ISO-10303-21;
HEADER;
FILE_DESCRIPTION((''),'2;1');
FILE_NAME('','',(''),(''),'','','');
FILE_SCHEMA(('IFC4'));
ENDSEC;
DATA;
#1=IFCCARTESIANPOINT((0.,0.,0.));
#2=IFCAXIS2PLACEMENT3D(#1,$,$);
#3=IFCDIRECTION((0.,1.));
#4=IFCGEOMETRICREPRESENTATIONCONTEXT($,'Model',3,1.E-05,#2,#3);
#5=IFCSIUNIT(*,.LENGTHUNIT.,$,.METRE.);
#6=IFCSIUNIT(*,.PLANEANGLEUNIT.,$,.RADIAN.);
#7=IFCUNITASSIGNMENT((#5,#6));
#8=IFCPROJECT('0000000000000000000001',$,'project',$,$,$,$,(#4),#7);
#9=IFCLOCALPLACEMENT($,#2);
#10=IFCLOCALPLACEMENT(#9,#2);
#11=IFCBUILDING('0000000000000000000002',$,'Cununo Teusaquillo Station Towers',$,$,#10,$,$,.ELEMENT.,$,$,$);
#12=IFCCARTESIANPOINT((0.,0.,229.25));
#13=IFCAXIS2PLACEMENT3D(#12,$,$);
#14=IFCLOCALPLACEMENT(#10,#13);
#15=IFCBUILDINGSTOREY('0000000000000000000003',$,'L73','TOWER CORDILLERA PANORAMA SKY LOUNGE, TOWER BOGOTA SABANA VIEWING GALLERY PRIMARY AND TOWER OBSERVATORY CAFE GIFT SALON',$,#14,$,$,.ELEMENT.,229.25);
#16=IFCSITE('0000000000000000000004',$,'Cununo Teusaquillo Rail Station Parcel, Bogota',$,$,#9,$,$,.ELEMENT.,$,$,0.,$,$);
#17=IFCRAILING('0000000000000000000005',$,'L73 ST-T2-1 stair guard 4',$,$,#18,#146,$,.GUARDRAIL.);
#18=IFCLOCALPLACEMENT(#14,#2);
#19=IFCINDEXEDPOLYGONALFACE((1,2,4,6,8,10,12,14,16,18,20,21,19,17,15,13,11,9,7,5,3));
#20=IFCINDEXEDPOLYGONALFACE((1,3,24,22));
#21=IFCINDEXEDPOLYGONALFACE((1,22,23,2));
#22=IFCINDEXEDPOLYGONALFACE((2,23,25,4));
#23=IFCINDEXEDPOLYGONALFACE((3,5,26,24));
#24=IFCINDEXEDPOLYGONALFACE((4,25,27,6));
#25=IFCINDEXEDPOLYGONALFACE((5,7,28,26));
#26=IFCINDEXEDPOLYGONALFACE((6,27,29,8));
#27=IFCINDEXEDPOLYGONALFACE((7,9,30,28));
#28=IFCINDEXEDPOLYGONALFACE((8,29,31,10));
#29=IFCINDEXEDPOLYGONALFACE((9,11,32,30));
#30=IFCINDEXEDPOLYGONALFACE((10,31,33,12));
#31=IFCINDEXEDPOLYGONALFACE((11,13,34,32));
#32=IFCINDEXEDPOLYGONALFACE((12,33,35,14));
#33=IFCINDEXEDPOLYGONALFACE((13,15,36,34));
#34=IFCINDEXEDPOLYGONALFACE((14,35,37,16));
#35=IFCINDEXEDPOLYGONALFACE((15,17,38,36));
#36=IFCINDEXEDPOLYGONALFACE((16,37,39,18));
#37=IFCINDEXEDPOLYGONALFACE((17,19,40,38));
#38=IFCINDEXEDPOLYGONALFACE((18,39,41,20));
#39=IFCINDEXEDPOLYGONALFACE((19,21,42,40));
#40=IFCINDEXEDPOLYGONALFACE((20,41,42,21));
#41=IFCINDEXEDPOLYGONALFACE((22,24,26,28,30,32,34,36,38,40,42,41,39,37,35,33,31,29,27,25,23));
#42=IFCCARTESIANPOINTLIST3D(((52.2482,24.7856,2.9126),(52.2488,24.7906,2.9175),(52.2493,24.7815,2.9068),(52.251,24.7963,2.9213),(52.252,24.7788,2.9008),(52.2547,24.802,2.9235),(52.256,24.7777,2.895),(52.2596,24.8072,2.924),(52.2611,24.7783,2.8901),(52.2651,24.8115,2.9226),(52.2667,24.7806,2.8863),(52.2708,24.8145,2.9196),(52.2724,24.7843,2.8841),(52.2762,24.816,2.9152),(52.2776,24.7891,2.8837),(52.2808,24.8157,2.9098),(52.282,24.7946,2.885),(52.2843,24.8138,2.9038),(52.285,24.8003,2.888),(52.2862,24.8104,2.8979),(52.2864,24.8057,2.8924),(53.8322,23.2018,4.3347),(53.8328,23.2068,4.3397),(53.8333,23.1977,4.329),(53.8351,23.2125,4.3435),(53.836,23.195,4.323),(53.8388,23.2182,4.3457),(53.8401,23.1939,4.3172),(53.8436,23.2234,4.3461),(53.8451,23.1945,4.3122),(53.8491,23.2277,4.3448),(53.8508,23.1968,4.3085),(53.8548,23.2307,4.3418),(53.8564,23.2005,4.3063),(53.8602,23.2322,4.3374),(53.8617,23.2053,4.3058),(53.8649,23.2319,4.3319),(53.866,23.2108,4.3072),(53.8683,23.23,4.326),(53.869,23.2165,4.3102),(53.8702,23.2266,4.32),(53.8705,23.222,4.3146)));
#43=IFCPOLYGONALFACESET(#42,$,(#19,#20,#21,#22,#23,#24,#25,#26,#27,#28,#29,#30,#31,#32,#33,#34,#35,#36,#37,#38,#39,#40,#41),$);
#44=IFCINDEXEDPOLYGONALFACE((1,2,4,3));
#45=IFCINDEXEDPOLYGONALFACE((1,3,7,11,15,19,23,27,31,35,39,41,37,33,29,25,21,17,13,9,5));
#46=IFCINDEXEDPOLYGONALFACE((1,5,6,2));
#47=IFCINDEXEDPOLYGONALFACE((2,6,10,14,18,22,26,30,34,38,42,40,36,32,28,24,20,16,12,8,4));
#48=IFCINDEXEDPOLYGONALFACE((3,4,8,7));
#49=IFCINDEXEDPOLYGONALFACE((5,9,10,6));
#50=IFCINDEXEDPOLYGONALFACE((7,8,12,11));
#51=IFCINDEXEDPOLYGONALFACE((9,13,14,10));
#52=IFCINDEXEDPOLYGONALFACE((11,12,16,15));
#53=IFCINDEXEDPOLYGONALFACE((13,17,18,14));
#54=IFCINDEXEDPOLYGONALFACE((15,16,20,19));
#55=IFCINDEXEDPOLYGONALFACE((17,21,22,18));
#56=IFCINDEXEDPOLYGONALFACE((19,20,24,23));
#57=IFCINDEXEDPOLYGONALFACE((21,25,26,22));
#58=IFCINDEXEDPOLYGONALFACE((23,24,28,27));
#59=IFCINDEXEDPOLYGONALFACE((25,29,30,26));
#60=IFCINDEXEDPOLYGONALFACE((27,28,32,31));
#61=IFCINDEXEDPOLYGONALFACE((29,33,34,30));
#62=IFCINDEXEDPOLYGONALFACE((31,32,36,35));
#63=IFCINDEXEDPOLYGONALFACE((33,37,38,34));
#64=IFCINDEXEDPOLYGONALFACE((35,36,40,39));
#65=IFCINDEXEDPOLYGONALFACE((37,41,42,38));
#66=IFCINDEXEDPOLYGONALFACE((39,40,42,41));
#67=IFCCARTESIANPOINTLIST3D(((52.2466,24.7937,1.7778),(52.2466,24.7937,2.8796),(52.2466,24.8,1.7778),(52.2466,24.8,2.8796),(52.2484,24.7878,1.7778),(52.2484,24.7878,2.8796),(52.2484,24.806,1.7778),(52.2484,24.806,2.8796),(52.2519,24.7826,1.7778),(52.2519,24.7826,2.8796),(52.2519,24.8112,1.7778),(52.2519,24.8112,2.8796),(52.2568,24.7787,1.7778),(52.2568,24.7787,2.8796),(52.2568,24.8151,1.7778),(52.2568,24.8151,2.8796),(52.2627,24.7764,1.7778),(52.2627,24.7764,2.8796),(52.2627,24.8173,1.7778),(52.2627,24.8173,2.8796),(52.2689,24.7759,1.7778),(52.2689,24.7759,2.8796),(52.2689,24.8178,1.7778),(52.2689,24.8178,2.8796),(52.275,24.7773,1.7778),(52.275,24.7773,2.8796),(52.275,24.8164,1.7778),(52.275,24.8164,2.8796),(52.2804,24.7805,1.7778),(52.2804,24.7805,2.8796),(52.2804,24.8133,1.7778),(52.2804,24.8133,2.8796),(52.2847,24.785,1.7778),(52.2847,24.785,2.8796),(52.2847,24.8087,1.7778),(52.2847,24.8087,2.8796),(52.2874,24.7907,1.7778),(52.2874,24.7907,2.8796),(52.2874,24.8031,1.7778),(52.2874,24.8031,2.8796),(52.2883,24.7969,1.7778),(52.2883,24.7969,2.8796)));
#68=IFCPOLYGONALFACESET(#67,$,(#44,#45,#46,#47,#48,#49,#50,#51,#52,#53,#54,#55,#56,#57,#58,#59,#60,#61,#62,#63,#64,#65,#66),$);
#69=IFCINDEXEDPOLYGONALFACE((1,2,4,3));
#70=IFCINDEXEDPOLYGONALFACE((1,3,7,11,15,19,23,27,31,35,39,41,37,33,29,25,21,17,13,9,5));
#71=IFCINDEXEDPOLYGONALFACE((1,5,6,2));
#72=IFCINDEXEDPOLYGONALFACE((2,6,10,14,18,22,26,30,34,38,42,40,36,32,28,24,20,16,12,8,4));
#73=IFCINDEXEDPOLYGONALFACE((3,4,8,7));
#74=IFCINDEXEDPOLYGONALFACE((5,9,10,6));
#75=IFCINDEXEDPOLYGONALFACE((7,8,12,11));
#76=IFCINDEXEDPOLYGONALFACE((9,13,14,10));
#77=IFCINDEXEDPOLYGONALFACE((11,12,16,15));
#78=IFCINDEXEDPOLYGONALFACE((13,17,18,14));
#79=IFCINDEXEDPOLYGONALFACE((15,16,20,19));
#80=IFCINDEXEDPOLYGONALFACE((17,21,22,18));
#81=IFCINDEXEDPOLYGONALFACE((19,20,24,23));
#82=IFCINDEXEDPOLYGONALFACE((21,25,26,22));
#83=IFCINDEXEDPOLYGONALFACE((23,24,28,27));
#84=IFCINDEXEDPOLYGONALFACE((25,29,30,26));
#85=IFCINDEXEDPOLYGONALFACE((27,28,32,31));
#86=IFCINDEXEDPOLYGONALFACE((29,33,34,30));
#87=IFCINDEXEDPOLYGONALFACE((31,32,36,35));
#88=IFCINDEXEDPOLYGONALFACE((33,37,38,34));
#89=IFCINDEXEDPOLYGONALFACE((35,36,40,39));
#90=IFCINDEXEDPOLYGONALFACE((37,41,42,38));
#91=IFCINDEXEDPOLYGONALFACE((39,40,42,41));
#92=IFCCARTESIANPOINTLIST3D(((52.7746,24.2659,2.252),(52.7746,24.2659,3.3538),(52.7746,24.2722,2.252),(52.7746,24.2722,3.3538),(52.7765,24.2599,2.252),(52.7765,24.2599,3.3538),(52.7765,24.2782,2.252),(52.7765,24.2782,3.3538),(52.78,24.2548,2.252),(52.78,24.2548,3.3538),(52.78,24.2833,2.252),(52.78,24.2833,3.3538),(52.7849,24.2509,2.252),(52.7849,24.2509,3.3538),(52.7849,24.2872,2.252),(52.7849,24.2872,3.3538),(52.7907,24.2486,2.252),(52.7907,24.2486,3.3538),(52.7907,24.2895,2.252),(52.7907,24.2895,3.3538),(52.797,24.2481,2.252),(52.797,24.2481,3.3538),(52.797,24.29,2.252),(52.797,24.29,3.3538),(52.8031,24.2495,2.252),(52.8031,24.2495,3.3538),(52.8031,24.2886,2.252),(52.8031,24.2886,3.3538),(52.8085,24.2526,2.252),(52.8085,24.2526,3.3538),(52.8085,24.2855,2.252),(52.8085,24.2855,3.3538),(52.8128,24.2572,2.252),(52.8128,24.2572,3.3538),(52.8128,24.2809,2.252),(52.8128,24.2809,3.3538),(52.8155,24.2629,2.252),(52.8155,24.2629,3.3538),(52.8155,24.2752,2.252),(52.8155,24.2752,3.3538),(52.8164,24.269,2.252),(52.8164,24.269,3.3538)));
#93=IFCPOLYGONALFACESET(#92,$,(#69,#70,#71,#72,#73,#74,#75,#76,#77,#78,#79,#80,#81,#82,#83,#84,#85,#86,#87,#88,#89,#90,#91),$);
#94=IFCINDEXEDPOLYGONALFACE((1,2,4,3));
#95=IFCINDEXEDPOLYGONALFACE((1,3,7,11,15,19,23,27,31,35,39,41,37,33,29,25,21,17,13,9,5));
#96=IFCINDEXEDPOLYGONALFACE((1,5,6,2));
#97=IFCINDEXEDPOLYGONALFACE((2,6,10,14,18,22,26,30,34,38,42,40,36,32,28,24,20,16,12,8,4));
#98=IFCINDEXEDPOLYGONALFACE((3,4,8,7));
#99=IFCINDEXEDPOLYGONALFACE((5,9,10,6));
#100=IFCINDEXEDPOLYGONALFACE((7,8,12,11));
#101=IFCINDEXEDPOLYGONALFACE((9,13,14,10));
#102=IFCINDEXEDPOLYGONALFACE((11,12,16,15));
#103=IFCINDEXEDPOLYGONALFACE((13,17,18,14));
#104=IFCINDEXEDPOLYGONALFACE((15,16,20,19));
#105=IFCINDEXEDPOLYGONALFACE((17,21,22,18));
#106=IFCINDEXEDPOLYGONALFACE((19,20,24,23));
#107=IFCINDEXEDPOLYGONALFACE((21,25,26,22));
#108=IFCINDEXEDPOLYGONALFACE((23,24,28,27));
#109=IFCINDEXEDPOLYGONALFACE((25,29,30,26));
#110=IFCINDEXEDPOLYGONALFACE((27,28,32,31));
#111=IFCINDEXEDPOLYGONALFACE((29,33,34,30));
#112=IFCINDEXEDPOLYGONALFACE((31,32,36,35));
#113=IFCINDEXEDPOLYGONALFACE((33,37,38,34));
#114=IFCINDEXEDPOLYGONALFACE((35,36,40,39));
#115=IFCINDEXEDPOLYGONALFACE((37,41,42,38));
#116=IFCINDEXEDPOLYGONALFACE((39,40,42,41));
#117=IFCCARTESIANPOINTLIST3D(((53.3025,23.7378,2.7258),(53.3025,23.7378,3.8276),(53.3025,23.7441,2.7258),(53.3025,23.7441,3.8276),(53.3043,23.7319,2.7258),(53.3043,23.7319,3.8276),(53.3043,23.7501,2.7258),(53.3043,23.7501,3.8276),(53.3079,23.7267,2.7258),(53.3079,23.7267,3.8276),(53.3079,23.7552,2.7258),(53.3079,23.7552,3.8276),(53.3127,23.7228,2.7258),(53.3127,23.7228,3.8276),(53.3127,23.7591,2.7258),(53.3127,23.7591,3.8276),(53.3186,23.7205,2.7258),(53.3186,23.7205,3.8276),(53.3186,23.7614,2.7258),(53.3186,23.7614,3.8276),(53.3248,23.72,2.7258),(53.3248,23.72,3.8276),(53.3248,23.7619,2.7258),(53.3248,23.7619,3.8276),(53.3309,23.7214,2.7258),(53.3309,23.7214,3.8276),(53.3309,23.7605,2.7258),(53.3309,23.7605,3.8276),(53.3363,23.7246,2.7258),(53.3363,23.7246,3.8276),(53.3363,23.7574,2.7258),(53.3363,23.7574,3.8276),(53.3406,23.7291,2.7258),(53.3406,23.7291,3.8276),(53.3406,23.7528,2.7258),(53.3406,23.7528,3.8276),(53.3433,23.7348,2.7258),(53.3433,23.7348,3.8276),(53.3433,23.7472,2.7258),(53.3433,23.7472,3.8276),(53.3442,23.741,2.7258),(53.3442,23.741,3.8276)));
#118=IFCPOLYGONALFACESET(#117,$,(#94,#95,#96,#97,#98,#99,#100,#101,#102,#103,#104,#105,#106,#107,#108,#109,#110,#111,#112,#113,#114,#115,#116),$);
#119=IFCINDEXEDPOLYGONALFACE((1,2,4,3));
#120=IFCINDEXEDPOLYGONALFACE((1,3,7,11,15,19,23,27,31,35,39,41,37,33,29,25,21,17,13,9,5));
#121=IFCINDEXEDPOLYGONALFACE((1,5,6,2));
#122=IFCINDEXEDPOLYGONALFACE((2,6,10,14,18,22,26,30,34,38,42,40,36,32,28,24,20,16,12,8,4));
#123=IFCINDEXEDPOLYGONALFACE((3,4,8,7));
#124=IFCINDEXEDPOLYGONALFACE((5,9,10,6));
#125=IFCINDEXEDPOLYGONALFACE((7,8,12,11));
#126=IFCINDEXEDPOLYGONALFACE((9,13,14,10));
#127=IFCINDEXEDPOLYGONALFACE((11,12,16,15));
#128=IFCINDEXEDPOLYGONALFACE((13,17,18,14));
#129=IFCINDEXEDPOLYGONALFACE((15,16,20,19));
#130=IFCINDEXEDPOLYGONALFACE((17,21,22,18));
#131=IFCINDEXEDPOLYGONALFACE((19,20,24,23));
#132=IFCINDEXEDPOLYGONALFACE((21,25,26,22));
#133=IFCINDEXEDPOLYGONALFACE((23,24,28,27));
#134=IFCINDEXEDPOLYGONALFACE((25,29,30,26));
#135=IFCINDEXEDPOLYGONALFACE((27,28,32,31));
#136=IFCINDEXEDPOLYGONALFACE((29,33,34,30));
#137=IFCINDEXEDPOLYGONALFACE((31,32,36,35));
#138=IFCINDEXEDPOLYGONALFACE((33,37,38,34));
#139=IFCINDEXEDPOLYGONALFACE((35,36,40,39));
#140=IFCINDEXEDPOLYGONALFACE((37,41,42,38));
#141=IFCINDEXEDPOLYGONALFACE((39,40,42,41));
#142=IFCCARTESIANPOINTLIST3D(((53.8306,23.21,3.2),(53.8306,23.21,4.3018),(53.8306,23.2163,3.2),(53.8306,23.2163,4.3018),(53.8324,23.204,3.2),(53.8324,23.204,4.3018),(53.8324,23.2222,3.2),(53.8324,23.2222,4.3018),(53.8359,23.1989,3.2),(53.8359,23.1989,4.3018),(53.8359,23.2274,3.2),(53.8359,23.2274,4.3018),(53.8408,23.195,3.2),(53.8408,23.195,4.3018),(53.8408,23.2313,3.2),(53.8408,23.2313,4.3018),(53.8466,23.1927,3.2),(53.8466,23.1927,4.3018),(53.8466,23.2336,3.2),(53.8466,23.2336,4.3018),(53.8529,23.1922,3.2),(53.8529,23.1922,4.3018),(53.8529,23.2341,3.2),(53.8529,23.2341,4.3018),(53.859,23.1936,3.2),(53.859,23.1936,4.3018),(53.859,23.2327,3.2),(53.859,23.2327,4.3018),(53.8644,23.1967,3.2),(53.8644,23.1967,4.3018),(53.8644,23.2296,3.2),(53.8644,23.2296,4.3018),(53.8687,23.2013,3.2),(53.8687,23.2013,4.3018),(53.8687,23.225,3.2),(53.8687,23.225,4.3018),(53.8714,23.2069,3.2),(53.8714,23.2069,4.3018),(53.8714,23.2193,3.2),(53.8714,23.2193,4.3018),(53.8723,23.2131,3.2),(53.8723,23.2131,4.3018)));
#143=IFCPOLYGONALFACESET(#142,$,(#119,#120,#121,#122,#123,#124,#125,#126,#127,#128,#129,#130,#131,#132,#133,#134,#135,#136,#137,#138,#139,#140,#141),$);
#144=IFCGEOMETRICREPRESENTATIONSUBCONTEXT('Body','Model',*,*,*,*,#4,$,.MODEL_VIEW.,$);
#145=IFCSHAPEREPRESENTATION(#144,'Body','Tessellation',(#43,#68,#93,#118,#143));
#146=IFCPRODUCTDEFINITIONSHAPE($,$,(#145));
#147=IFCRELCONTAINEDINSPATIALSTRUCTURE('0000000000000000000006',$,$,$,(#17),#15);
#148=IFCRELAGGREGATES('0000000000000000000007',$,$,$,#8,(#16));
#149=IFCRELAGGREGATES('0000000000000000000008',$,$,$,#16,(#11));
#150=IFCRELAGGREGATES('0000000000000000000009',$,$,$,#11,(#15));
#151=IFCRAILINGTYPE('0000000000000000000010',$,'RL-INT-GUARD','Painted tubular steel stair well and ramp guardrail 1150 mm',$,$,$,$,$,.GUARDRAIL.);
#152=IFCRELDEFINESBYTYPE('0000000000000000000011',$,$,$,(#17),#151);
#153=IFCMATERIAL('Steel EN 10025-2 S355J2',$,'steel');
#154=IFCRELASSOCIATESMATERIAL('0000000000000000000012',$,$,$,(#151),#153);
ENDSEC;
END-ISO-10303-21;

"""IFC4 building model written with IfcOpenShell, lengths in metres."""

from ifc_helpers import new_model, si_unit, direction, frame, origin, origin_2d, place, context, subcontext, project, spatial, circle, extrude, material, type_object, element, save


model = new_model("IFC4")

# Units and contexts
model_context = context("Model", 3, precision=1e-05, world=origin(), true_north=direction((0.0, 1.0)))
body_context = subcontext(model_context, "Body", "Model", "MODEL_VIEW")
ifc_project = project(units=[si_unit("LENGTHUNIT", "METRE"), si_unit("PLANEANGLEUNIT", "RADIAN")], contexts=[model_context])

# Site, building, storey
site_placement = place(None, origin())
site = spatial("IfcSite", under=ifc_project, at=site_placement, Name="Cununo Teusaquillo Rail Station Parcel, Bogota", CompositionType="ELEMENT", RefElevation=0.0)
building_placement = place(site_placement, origin())
building = spatial("IfcBuilding", under=site, at=building_placement, Name="Cununo Teusaquillo Station Towers", CompositionType="ELEMENT")
storey_placement = place(building_placement, frame((0.0, 0.0, 229.25)))
storey = spatial("IfcBuildingStorey", under=building, at=storey_placement, Name="L73", Description="TOWER CORDILLERA PANORAMA SKY LOUNGE, TOWER BOGOTA SABANA VIEWING GALLERY PRIMARY AND TOWER OBSERVATORY CAFE GIFT SALON", CompositionType="ELEMENT", Elevation=229.25)

# Railing
ifc_material_1 = material(Name="Steel EN 10025-2 S355J2", Category="steel")
railing_type_1 = type_object("IfcRailingType", Name="RL-INT-GUARD", Description="Painted tubular steel stair well and ramp guardrail 1150 mm", PredefinedType="GUARDRAIL", material=ifc_material_1)
railing_1_placement = place(storey_placement, frame((52.2673, 24.7969, 1.7778)))
element("IfcRailing", 1, at=railing_1_placement, inside=storey, type_object=railing_type_1, Name="L73 ST-T2-1 stair guard 4", PredefinedType="GUARDRAIL", context=body_context, shape_type="SweptSolid", body=[
    extrude(circle(Radius=0.0239, at=origin_2d()), frame((0.0, 0.0, 1.126), z_axis=(0.597001, -0.596909, 0.535994), x_axis=(0.707052, 0.707161, 0.0)), (0.0, 0.0, 1.0), 2.6533),
    extrude(circle(Radius=0.021, at=origin_2d()), origin(), (0.0, 0.0, 1.0), 1.1018),
    extrude(circle(Radius=0.021, at=origin_2d()), frame((0.5281, -0.5278, 0.4741)), (0.0, 0.0, 1.0), 1.1018),
    extrude(circle(Radius=0.021, at=origin_2d()), frame((1.0559, -1.0559, 0.948)), (0.0, 0.0, 1.0), 1.1018),
    extrude(circle(Radius=0.021, at=origin_2d()), frame((1.584, -1.5837, 1.4221)), (0.0, 0.0, 1.0), 1.1018),
])

save(model, "model.ifc")
